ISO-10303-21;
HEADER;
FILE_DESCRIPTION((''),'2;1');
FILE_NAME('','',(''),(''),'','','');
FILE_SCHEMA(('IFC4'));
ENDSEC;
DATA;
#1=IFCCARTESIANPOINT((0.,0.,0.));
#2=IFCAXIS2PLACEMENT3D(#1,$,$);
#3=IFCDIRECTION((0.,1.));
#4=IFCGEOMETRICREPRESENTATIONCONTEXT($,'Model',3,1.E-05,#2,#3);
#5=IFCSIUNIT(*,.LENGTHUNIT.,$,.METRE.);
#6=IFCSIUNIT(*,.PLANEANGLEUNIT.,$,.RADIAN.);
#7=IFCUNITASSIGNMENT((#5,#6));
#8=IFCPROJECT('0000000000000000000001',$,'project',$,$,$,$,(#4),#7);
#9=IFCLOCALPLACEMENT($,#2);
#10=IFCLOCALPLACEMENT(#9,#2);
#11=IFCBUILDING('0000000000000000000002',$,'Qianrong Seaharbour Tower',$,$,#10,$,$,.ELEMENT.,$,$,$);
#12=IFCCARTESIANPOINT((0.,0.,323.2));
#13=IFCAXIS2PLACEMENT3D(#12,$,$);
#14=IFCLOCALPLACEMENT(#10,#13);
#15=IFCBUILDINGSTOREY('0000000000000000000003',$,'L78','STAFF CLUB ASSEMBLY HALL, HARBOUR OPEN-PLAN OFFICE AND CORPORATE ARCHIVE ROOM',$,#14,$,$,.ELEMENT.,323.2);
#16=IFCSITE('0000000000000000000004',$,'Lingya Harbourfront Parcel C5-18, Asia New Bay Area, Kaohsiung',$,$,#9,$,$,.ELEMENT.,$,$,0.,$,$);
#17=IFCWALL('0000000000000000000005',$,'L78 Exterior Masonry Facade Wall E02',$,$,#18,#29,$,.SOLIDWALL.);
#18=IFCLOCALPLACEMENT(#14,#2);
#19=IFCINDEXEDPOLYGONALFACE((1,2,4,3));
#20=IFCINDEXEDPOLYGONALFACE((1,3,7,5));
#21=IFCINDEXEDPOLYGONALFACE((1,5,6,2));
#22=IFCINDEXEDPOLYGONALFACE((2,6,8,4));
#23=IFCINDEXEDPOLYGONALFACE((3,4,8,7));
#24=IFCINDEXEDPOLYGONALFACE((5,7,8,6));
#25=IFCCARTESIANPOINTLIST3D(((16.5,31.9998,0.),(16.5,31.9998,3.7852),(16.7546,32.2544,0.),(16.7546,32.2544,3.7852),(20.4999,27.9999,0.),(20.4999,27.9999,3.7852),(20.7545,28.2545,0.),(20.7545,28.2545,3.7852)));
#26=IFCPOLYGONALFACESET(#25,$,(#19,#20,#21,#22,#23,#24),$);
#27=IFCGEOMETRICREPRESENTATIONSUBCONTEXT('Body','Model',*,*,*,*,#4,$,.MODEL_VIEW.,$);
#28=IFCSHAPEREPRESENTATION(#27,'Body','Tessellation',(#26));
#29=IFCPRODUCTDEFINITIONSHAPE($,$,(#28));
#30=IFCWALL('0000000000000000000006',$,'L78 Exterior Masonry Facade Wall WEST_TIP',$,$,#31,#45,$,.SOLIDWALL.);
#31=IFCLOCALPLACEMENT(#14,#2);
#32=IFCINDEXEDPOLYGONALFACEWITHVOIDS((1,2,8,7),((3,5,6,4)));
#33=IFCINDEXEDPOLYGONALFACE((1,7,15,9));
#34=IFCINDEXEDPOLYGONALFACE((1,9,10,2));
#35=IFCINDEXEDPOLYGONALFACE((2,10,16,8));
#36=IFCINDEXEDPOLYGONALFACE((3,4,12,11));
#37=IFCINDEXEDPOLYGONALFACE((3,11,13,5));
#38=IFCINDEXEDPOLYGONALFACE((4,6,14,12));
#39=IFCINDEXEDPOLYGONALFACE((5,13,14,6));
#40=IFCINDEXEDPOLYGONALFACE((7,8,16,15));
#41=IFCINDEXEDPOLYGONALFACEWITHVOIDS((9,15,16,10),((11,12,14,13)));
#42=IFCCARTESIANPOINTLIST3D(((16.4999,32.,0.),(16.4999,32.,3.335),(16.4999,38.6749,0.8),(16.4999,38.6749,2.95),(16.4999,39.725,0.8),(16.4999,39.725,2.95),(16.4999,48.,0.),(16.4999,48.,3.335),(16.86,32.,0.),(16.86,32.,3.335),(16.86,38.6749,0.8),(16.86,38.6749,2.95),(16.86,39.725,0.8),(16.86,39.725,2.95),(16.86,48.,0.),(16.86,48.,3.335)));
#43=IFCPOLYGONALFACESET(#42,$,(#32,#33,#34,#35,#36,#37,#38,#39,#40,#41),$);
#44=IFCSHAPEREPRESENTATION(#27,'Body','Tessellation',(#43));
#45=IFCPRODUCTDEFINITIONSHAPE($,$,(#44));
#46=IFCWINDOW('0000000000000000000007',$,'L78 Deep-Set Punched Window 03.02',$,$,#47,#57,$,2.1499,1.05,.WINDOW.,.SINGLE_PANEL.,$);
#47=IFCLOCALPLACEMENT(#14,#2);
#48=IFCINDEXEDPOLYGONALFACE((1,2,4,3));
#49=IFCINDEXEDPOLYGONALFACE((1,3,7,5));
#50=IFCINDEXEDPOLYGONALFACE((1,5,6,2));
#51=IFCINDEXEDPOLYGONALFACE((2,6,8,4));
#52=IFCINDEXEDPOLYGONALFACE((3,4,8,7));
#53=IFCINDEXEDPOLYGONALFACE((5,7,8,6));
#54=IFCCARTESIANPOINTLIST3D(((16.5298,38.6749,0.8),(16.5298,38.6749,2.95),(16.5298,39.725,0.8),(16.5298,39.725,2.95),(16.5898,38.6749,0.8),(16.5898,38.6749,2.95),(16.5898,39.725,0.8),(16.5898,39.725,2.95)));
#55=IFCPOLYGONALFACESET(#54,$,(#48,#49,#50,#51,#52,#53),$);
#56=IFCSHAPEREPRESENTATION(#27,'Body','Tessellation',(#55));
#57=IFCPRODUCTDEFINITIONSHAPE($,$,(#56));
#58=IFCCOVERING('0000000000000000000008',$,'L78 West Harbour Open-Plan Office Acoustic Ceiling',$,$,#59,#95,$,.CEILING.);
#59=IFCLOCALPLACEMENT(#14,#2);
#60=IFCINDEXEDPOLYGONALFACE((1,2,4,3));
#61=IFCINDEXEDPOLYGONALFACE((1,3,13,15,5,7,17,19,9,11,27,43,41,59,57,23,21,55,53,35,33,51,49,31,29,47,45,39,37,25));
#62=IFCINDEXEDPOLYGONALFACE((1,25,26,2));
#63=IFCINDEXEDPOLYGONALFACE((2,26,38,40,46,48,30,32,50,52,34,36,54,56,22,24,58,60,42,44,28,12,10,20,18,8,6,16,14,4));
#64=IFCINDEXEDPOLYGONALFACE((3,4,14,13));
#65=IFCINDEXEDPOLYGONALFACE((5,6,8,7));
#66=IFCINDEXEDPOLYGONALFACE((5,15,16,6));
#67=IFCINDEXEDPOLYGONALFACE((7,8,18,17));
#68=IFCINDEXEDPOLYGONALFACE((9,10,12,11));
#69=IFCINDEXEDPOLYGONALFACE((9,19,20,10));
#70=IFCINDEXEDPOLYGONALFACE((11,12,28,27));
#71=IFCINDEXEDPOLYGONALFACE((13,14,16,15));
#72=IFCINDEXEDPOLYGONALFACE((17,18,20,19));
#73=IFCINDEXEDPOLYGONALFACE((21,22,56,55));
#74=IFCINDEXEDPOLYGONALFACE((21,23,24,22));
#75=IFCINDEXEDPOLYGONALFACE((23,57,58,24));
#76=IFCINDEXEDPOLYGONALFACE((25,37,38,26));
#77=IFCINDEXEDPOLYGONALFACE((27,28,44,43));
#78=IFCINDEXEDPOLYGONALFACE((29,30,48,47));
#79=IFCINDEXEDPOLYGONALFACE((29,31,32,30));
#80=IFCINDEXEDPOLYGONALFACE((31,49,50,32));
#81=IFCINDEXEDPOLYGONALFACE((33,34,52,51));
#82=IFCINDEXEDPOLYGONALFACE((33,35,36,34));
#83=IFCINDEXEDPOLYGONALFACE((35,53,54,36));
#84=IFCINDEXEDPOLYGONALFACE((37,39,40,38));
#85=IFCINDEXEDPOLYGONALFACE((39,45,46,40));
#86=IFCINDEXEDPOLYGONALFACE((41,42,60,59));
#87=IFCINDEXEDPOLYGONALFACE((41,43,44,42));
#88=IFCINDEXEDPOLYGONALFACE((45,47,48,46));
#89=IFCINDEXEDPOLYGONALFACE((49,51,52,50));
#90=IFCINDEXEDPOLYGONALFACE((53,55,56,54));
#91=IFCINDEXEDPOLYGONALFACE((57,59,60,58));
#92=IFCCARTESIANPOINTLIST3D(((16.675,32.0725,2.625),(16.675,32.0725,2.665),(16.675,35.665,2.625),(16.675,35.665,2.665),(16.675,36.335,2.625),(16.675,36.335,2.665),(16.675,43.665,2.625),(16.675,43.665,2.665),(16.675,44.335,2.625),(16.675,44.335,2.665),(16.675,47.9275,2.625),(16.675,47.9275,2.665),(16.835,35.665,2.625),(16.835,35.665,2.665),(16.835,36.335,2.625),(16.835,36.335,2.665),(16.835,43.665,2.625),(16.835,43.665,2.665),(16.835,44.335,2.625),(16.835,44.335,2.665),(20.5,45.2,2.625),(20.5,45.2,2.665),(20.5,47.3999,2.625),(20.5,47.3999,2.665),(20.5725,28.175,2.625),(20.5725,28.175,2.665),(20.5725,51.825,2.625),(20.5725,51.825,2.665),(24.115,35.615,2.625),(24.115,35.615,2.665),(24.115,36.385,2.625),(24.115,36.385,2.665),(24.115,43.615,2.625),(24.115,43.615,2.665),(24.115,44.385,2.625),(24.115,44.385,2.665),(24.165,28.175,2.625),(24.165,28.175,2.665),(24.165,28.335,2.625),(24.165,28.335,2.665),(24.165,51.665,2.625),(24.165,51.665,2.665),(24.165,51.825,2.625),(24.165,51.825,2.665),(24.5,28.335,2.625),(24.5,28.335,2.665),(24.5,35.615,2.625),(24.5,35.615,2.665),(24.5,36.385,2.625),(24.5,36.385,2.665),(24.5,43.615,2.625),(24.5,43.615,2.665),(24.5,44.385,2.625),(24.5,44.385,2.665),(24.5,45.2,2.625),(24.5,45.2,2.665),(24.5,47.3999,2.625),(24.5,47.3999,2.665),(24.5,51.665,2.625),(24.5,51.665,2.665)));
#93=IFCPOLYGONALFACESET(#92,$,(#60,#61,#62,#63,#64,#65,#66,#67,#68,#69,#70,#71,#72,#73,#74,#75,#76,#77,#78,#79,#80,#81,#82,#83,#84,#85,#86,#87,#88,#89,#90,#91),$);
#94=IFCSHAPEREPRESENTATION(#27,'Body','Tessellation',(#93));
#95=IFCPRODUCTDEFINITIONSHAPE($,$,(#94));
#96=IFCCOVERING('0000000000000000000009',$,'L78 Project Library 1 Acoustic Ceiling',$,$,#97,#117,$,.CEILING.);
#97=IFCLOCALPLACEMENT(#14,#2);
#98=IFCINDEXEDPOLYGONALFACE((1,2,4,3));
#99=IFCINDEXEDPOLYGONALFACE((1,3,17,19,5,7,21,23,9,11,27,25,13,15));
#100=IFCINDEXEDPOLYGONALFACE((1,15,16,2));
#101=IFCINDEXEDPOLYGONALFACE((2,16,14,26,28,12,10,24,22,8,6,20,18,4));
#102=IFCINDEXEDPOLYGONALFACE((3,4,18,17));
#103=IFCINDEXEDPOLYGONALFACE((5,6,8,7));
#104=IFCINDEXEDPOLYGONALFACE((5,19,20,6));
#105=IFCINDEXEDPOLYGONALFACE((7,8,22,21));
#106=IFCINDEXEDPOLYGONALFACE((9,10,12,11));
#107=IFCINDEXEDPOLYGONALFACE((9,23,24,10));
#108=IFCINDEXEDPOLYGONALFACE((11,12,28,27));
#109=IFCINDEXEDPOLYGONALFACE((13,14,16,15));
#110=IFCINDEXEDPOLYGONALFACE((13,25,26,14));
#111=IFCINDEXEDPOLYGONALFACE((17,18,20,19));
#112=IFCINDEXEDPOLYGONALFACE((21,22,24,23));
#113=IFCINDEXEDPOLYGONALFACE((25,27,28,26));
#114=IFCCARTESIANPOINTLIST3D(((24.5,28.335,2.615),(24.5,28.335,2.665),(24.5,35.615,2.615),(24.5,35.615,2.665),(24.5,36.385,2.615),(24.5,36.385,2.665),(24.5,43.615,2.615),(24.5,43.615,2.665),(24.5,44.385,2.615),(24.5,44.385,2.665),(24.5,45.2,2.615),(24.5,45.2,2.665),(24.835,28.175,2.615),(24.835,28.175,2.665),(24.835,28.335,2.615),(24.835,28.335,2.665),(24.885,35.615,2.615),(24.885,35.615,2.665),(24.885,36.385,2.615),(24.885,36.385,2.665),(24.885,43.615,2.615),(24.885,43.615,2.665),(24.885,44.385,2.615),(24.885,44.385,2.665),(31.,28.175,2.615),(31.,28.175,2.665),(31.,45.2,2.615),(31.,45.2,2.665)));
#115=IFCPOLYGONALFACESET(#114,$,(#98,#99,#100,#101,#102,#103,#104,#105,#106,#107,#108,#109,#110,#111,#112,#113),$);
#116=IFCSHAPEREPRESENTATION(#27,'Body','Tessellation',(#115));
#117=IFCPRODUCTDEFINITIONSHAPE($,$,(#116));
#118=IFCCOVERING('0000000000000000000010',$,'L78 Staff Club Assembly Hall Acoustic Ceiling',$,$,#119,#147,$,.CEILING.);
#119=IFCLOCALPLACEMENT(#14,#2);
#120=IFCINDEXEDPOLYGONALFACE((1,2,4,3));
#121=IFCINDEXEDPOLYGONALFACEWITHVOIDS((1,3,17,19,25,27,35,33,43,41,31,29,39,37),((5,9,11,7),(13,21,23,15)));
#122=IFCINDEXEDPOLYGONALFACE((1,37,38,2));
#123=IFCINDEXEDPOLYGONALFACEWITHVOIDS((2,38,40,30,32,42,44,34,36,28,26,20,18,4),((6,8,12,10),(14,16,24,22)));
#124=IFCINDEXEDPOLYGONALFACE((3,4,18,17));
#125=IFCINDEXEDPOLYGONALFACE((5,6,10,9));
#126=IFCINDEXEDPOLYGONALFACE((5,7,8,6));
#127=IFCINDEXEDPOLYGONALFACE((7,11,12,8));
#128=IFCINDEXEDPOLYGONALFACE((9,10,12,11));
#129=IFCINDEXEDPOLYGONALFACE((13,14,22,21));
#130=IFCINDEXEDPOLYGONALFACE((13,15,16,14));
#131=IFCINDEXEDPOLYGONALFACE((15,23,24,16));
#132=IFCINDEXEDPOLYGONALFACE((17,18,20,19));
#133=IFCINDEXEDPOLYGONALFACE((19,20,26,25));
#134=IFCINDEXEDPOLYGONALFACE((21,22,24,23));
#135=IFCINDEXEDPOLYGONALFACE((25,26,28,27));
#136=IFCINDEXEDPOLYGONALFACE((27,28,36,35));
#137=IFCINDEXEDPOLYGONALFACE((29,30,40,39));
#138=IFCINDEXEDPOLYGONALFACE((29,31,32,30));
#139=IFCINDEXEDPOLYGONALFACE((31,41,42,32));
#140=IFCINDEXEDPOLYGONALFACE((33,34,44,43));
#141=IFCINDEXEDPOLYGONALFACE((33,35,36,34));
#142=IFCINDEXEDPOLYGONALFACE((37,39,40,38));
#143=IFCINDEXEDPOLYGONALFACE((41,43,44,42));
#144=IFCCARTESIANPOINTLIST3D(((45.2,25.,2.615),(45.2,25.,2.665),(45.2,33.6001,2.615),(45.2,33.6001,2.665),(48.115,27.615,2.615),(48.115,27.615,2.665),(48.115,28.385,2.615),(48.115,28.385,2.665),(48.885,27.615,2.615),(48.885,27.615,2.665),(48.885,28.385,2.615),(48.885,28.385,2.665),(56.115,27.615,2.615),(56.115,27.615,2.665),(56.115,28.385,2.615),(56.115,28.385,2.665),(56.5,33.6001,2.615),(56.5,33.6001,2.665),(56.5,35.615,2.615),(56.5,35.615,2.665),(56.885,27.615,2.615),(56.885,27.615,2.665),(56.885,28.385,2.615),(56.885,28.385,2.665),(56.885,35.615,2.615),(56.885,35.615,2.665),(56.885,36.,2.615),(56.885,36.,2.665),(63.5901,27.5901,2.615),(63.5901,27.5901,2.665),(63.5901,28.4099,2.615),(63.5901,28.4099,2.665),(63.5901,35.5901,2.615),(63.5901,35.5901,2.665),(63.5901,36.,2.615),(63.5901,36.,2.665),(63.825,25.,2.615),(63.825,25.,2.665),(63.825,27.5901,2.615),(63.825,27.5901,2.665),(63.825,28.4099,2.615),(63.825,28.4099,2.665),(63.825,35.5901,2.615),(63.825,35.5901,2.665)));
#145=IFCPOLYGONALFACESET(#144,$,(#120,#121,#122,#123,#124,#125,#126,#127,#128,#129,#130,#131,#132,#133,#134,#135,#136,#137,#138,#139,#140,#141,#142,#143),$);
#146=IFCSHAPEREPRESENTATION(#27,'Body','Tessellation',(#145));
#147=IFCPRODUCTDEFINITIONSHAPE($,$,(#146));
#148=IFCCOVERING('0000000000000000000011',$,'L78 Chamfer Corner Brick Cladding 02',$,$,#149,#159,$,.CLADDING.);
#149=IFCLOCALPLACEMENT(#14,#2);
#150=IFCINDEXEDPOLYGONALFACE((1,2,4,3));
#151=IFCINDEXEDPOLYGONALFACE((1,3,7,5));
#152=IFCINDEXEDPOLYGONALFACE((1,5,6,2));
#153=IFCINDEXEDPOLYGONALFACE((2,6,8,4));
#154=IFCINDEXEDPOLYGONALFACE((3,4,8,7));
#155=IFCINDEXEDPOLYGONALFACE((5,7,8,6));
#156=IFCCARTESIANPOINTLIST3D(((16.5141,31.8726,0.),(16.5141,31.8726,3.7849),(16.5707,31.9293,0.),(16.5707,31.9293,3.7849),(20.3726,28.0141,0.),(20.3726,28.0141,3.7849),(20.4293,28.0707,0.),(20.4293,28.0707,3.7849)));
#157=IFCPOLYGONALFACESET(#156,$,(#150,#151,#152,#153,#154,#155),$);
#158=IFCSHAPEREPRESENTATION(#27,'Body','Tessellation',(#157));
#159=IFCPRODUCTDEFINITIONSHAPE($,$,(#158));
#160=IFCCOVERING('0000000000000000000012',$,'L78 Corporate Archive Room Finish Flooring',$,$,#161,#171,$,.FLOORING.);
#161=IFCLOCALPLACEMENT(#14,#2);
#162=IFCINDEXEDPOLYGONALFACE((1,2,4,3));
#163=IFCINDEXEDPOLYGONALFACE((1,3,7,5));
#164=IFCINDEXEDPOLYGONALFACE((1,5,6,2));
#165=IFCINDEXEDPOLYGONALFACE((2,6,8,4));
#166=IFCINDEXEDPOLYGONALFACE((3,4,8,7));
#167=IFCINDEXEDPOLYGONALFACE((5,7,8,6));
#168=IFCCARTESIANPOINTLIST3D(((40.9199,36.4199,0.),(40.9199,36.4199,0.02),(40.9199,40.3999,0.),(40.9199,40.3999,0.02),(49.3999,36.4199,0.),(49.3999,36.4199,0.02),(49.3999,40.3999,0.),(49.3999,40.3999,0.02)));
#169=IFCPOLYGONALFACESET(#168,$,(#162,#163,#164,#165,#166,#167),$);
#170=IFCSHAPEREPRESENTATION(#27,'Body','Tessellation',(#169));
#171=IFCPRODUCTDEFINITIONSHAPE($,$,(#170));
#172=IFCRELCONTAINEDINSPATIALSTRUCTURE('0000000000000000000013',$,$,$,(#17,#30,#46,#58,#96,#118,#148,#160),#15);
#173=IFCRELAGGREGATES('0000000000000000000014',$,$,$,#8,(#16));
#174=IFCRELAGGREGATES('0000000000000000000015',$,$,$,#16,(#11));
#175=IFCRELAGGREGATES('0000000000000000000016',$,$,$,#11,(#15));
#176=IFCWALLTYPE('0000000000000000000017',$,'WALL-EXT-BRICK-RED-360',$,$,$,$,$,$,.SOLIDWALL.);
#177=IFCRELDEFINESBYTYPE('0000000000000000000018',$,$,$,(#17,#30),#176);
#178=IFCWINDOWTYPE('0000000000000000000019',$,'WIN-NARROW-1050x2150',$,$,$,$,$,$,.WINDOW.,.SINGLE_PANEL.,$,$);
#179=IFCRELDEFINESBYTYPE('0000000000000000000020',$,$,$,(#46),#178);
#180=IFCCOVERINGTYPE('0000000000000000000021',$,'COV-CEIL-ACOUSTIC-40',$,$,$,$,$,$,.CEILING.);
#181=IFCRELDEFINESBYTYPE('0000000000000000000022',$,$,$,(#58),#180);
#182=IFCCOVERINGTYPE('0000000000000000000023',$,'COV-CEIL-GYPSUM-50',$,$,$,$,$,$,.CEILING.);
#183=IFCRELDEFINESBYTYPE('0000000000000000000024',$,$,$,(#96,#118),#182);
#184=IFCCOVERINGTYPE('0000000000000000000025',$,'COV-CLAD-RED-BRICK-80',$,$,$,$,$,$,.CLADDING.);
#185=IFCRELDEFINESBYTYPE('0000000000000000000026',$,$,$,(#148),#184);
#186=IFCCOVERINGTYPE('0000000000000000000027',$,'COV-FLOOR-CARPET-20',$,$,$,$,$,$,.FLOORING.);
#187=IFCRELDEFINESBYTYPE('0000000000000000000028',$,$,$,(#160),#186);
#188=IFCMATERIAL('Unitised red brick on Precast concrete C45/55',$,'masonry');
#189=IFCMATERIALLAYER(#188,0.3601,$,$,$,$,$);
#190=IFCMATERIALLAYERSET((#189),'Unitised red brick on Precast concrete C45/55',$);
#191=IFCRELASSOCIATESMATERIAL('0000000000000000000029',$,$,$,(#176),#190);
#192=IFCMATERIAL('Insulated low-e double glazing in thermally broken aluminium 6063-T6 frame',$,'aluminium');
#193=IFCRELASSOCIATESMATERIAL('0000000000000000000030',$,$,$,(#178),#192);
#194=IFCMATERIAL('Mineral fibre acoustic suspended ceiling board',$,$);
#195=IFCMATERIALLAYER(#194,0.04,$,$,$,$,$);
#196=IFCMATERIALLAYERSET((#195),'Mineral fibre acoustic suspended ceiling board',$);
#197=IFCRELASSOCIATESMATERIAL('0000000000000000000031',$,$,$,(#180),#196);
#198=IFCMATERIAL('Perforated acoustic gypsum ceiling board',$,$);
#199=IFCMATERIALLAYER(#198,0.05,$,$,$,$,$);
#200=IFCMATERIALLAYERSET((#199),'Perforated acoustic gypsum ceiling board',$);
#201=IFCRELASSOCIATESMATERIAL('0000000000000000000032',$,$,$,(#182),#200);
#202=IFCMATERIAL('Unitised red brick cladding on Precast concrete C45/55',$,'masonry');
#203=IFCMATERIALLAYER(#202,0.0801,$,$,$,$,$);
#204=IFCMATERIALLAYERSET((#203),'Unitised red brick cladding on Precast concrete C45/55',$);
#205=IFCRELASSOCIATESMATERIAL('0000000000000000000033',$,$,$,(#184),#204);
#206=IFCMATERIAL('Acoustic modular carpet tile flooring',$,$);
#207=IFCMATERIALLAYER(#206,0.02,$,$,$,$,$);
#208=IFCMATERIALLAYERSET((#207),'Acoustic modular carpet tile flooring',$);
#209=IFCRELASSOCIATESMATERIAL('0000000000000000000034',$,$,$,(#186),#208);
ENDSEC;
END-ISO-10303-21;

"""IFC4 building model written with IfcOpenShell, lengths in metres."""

from ifc_helpers import new_model, si_unit, direction, frame, frame_2d, origin, origin_2d, place, context, subcontext, project, spatial, polyline, rectangle, outline, extrude, material, layer, layer_set, type_object, element, fill, save


model = new_model("IFC4")

# Units and contexts
model_context = context("Model", 3, precision=1e-05, world=origin(), true_north=direction((0.0, 1.0)))
body_context = subcontext(model_context, "Body", "Model", "MODEL_VIEW")
ifc_project = project(units=[si_unit("LENGTHUNIT", "METRE"), si_unit("PLANEANGLEUNIT", "RADIAN")], contexts=[model_context])

# Site, building, storey
site_placement = place(None, origin())
site = spatial("IfcSite", under=ifc_project, at=site_placement, Name="Lingya Harbourfront Parcel C5-18, Asia New Bay Area, Kaohsiung", CompositionType="ELEMENT", RefElevation=0.0)
building_placement = place(site_placement, origin())
building = spatial("IfcBuilding", under=site, at=building_placement, Name="Qianrong Seaharbour Tower", CompositionType="ELEMENT")
storey_placement = place(building_placement, frame((0.0, 0.0, 323.2)))
storey = spatial("IfcBuildingStorey", under=building, at=storey_placement, Name="L78", Description="STAFF CLUB ASSEMBLY HALL, HARBOUR OPEN-PLAN OFFICE AND CORPORATE ARCHIVE ROOM", CompositionType="ELEMENT", Elevation=323.2)

# Wall
ifc_material_1 = material(Name="Unitised red brick on Precast concrete C45/55", Category="masonry")
ifc_layer_1 = layer(ifc_material_1, 0.3601)
ifc_layer_set_1 = layer_set([ifc_layer_1], Name="Unitised red brick on Precast concrete C45/55")
wall_type = type_object("IfcWallType", Name="WALL-EXT-BRICK-RED-360", PredefinedType="SOLIDWALL", material=ifc_layer_set_1)
wall_1_placement = place(storey_placement, frame((20.6272, 28.1272, 0.0), z_axis=(0.0, 0.0, 1.0), x_axis=(-0.707107, 0.707107, 0.0)))
element("IfcWall", 1, at=wall_1_placement, inside=storey, type_object=wall_type, Name="L78 Exterior Masonry Facade Wall E02", PredefinedType="SOLIDWALL", context=body_context, shape_type="SweptSolid", body=[
    extrude(rectangle(XDim=5.6567, YDim=0.3601, at=frame_2d((2.8284, 0.0))), origin(), (0.0, 0.0, 1.0), 3.7852),
])

# Wall, opening, window
wall_2_placement = place(storey_placement, frame((16.6799, 32.0, 0.0), z_axis=(0.0, 0.0, 1.0), x_axis=(0.0, 1.0, 0.0)))
wall_2 = element("IfcWall", 2, at=wall_2_placement, inside=storey, type_object=wall_type, Name="L78 Exterior Masonry Facade Wall WEST_TIP", PredefinedType="SOLIDWALL", context=body_context, shape_type="SweptSolid", body=[
    extrude(rectangle(XDim=16.0, YDim=0.3601, at=frame_2d((8.0, 0.0))), origin(), (0.0, 0.0, 1.0), 3.335),
])
opening_placement = place(wall_2_placement, frame((6.675, 0.0, 0.8)))
opening = element("IfcOpeningElement", 3, at=opening_placement, cuts=wall_2, PredefinedType="OPENING", context=body_context, shape_type="SweptSolid", body=[
    extrude(rectangle(XDim=1.05, YDim=2.1499, at=frame_2d((0.5249, 1.075))), frame((0.0, 0.1899, 0.0), z_axis=(0.0, -1.0, 0.0), x_axis=(1.0, 0.0, 0.0)), (0.0, 0.0, 1.0), 0.3801),
])
ifc_material_2 = material(Name="Insulated low-e double glazing in thermally broken aluminium 6063-T6 frame", Category="aluminium")
window_type = type_object("IfcWindowType", Name="WIN-NARROW-1050x2150", PartitioningType="SINGLE_PANEL", PredefinedType="WINDOW", material=ifc_material_2)
window_placement = place(opening_placement, origin())
window = element("IfcWindow", 4, at=window_placement, inside=storey, type_object=window_type, Name="L78 Deep-Set Punched Window 03.02", OverallHeight=2.1499, OverallWidth=1.05, PartitioningType="SINGLE_PANEL", PredefinedType="WINDOW", context=body_context, shape_type="SweptSolid", body=[
    extrude(rectangle(XDim=1.05, YDim=2.1499, at=frame_2d((0.5249, 1.075))), frame((0.0, 0.1501, 0.0), z_axis=(0.0, -1.0, 0.0), x_axis=(1.0, 0.0, 0.0)), (0.0, 0.0, 1.0), 0.0601),
])
fill(opening, window)

# Coverings
ifc_material_3 = material(Name="Mineral fibre acoustic suspended ceiling board")
ifc_layer_2 = layer(ifc_material_3, 0.04)
ifc_layer_set_2 = layer_set([ifc_layer_2], Name="Mineral fibre acoustic suspended ceiling board")
covering_type_1 = type_object("IfcCoveringType", Name="COV-CEIL-ACOUSTIC-40", PredefinedType="CEILING", material=ifc_layer_set_2)
covering_1_placement = place(storey_placement, frame((0.0, 0.0, 2.625)))
element("IfcCovering", 5, at=covering_1_placement, inside=storey, type_object=covering_type_1, Name="L78 West Harbour Open-Plan Office Acoustic Ceiling", PredefinedType="CEILING", context=body_context, shape_type="SweptSolid", body=[
    extrude(outline(polyline([(16.675, 32.0725), (16.675, 35.665), (16.835, 35.665), (16.835, 36.335), (16.675, 36.335), (16.675, 43.665), (16.835, 43.665), (16.835, 44.335), (16.675, 44.335), (16.675, 47.9275), (20.5725, 51.825), (24.165, 51.825), (24.165, 51.665), (24.5, 51.665), (24.5, 47.3999), (20.5, 47.3999), (20.5, 45.2), (24.5, 45.2), (24.5, 44.385), (24.115, 44.385), (24.115, 43.615), (24.5, 43.615), (24.5, 36.385), (24.115, 36.385), (24.115, 35.615), (24.5, 35.615), (24.5, 28.335), (24.165, 28.335), (24.165, 28.175), (20.5725, 28.175), (16.675, 32.0725)])), origin(), (0.0, 0.0, 1.0), 0.04),
])
ifc_material_4 = material(Name="Perforated acoustic gypsum ceiling board")
ifc_layer_3 = layer(ifc_material_4, 0.05)
ifc_layer_set_3 = layer_set([ifc_layer_3], Name="Perforated acoustic gypsum ceiling board")
covering_type_2 = type_object("IfcCoveringType", Name="COV-CEIL-GYPSUM-50", PredefinedType="CEILING", material=ifc_layer_set_3)
covering_2_placement = place(storey_placement, frame((0.0, 0.0, 2.615)))
element("IfcCovering", 6, at=covering_2_placement, inside=storey, type_object=covering_type_2, Name="L78 Project Library 1 Acoustic Ceiling", PredefinedType="CEILING", context=body_context, shape_type="SweptSolid", body=[
    extrude(outline(polyline([(24.835, 28.175), (24.835, 28.335), (24.5, 28.335), (24.5, 35.615), (24.885, 35.615), (24.885, 36.385), (24.5, 36.385), (24.5, 43.615), (24.885, 43.615), (24.885, 44.385), (24.5, 44.385), (24.5, 45.2), (31.0, 45.2), (31.0, 28.175), (24.835, 28.175)])), origin(), (0.0, 0.0, 1.0), 0.05),
])
covering_3_placement = place(storey_placement, frame((0.0, 0.0, 2.615)))
element("IfcCovering", 7, at=covering_3_placement, inside=storey, type_object=covering_type_2, Name="L78 Staff Club Assembly Hall Acoustic Ceiling", PredefinedType="CEILING", context=body_context, shape_type="SweptSolid", body=[
    extrude(outline(polyline([(56.5, 33.6001), (56.5, 35.615), (56.885, 35.615), (56.885, 36.0), (63.5901, 36.0), (63.5901, 35.5901), (63.825, 35.5901), (63.825, 28.4099), (63.5901, 28.4099), (63.5901, 27.5901), (63.825, 27.5901), (63.825, 25.0), (45.2, 25.0), (45.2, 33.6001), (56.5, 33.6001)]), holes=[polyline([(56.885, 27.615), (56.885, 28.385), (56.115, 28.385), (56.115, 27.615), (56.885, 27.615)]), polyline([(48.885, 28.385), (48.115, 28.385), (48.115, 27.615), (48.885, 27.615), (48.885, 28.385)])]), origin(), (0.0, 0.0, 1.0), 0.05),
])
ifc_material_5 = material(Name="Unitised red brick cladding on Precast concrete C45/55", Category="masonry")
ifc_layer_4 = layer(ifc_material_5, 0.0801)
ifc_layer_set_4 = layer_set([ifc_layer_4], Name="Unitised red brick cladding on Precast concrete C45/55")
covering_type_3 = type_object("IfcCoveringType", Name="COV-CLAD-RED-BRICK-80", PredefinedType="CLADDING", material=ifc_layer_set_4)
covering_4_placement = place(storey_placement, frame((18.4717, 29.9717, 0.0), z_axis=(0.0, 0.0, 1.0), x_axis=(-0.707107, 0.707107, 0.0)))
element("IfcCovering", 8, at=covering_4_placement, inside=storey, type_object=covering_type_3, Name="L78 Chamfer Corner Brick Cladding 02", PredefinedType="CLADDING", context=body_context, shape_type="SweptSolid", body=[
    extrude(rectangle(XDim=5.4568, YDim=0.0801, at=origin_2d()), origin(), (0.0, 0.0, 1.0), 3.7849),
])
ifc_material_6 = material(Name="Acoustic modular carpet tile flooring")
ifc_layer_5 = layer(ifc_material_6, 0.02)
ifc_layer_set_5 = layer_set([ifc_layer_5], Name="Acoustic modular carpet tile flooring")
covering_type_4 = type_object("IfcCoveringType", Name="COV-FLOOR-CARPET-20", PredefinedType="FLOORING", material=ifc_layer_set_5)
covering_5_placement = place(storey_placement, origin())
element("IfcCovering", 9, at=covering_5_placement, inside=storey, type_object=covering_type_4, Name="L78 Corporate Archive Room Finish Flooring", PredefinedType="FLOORING", context=body_context, shape_type="SweptSolid", body=[
    extrude(outline(polyline([(49.3999, 40.3999), (49.3999, 36.4199), (40.9199, 36.4199), (40.9199, 40.3999), (49.3999, 40.3999)])), origin(), (0.0, 0.0, 1.0), 0.02),
])

save(model, "model.ifc")
